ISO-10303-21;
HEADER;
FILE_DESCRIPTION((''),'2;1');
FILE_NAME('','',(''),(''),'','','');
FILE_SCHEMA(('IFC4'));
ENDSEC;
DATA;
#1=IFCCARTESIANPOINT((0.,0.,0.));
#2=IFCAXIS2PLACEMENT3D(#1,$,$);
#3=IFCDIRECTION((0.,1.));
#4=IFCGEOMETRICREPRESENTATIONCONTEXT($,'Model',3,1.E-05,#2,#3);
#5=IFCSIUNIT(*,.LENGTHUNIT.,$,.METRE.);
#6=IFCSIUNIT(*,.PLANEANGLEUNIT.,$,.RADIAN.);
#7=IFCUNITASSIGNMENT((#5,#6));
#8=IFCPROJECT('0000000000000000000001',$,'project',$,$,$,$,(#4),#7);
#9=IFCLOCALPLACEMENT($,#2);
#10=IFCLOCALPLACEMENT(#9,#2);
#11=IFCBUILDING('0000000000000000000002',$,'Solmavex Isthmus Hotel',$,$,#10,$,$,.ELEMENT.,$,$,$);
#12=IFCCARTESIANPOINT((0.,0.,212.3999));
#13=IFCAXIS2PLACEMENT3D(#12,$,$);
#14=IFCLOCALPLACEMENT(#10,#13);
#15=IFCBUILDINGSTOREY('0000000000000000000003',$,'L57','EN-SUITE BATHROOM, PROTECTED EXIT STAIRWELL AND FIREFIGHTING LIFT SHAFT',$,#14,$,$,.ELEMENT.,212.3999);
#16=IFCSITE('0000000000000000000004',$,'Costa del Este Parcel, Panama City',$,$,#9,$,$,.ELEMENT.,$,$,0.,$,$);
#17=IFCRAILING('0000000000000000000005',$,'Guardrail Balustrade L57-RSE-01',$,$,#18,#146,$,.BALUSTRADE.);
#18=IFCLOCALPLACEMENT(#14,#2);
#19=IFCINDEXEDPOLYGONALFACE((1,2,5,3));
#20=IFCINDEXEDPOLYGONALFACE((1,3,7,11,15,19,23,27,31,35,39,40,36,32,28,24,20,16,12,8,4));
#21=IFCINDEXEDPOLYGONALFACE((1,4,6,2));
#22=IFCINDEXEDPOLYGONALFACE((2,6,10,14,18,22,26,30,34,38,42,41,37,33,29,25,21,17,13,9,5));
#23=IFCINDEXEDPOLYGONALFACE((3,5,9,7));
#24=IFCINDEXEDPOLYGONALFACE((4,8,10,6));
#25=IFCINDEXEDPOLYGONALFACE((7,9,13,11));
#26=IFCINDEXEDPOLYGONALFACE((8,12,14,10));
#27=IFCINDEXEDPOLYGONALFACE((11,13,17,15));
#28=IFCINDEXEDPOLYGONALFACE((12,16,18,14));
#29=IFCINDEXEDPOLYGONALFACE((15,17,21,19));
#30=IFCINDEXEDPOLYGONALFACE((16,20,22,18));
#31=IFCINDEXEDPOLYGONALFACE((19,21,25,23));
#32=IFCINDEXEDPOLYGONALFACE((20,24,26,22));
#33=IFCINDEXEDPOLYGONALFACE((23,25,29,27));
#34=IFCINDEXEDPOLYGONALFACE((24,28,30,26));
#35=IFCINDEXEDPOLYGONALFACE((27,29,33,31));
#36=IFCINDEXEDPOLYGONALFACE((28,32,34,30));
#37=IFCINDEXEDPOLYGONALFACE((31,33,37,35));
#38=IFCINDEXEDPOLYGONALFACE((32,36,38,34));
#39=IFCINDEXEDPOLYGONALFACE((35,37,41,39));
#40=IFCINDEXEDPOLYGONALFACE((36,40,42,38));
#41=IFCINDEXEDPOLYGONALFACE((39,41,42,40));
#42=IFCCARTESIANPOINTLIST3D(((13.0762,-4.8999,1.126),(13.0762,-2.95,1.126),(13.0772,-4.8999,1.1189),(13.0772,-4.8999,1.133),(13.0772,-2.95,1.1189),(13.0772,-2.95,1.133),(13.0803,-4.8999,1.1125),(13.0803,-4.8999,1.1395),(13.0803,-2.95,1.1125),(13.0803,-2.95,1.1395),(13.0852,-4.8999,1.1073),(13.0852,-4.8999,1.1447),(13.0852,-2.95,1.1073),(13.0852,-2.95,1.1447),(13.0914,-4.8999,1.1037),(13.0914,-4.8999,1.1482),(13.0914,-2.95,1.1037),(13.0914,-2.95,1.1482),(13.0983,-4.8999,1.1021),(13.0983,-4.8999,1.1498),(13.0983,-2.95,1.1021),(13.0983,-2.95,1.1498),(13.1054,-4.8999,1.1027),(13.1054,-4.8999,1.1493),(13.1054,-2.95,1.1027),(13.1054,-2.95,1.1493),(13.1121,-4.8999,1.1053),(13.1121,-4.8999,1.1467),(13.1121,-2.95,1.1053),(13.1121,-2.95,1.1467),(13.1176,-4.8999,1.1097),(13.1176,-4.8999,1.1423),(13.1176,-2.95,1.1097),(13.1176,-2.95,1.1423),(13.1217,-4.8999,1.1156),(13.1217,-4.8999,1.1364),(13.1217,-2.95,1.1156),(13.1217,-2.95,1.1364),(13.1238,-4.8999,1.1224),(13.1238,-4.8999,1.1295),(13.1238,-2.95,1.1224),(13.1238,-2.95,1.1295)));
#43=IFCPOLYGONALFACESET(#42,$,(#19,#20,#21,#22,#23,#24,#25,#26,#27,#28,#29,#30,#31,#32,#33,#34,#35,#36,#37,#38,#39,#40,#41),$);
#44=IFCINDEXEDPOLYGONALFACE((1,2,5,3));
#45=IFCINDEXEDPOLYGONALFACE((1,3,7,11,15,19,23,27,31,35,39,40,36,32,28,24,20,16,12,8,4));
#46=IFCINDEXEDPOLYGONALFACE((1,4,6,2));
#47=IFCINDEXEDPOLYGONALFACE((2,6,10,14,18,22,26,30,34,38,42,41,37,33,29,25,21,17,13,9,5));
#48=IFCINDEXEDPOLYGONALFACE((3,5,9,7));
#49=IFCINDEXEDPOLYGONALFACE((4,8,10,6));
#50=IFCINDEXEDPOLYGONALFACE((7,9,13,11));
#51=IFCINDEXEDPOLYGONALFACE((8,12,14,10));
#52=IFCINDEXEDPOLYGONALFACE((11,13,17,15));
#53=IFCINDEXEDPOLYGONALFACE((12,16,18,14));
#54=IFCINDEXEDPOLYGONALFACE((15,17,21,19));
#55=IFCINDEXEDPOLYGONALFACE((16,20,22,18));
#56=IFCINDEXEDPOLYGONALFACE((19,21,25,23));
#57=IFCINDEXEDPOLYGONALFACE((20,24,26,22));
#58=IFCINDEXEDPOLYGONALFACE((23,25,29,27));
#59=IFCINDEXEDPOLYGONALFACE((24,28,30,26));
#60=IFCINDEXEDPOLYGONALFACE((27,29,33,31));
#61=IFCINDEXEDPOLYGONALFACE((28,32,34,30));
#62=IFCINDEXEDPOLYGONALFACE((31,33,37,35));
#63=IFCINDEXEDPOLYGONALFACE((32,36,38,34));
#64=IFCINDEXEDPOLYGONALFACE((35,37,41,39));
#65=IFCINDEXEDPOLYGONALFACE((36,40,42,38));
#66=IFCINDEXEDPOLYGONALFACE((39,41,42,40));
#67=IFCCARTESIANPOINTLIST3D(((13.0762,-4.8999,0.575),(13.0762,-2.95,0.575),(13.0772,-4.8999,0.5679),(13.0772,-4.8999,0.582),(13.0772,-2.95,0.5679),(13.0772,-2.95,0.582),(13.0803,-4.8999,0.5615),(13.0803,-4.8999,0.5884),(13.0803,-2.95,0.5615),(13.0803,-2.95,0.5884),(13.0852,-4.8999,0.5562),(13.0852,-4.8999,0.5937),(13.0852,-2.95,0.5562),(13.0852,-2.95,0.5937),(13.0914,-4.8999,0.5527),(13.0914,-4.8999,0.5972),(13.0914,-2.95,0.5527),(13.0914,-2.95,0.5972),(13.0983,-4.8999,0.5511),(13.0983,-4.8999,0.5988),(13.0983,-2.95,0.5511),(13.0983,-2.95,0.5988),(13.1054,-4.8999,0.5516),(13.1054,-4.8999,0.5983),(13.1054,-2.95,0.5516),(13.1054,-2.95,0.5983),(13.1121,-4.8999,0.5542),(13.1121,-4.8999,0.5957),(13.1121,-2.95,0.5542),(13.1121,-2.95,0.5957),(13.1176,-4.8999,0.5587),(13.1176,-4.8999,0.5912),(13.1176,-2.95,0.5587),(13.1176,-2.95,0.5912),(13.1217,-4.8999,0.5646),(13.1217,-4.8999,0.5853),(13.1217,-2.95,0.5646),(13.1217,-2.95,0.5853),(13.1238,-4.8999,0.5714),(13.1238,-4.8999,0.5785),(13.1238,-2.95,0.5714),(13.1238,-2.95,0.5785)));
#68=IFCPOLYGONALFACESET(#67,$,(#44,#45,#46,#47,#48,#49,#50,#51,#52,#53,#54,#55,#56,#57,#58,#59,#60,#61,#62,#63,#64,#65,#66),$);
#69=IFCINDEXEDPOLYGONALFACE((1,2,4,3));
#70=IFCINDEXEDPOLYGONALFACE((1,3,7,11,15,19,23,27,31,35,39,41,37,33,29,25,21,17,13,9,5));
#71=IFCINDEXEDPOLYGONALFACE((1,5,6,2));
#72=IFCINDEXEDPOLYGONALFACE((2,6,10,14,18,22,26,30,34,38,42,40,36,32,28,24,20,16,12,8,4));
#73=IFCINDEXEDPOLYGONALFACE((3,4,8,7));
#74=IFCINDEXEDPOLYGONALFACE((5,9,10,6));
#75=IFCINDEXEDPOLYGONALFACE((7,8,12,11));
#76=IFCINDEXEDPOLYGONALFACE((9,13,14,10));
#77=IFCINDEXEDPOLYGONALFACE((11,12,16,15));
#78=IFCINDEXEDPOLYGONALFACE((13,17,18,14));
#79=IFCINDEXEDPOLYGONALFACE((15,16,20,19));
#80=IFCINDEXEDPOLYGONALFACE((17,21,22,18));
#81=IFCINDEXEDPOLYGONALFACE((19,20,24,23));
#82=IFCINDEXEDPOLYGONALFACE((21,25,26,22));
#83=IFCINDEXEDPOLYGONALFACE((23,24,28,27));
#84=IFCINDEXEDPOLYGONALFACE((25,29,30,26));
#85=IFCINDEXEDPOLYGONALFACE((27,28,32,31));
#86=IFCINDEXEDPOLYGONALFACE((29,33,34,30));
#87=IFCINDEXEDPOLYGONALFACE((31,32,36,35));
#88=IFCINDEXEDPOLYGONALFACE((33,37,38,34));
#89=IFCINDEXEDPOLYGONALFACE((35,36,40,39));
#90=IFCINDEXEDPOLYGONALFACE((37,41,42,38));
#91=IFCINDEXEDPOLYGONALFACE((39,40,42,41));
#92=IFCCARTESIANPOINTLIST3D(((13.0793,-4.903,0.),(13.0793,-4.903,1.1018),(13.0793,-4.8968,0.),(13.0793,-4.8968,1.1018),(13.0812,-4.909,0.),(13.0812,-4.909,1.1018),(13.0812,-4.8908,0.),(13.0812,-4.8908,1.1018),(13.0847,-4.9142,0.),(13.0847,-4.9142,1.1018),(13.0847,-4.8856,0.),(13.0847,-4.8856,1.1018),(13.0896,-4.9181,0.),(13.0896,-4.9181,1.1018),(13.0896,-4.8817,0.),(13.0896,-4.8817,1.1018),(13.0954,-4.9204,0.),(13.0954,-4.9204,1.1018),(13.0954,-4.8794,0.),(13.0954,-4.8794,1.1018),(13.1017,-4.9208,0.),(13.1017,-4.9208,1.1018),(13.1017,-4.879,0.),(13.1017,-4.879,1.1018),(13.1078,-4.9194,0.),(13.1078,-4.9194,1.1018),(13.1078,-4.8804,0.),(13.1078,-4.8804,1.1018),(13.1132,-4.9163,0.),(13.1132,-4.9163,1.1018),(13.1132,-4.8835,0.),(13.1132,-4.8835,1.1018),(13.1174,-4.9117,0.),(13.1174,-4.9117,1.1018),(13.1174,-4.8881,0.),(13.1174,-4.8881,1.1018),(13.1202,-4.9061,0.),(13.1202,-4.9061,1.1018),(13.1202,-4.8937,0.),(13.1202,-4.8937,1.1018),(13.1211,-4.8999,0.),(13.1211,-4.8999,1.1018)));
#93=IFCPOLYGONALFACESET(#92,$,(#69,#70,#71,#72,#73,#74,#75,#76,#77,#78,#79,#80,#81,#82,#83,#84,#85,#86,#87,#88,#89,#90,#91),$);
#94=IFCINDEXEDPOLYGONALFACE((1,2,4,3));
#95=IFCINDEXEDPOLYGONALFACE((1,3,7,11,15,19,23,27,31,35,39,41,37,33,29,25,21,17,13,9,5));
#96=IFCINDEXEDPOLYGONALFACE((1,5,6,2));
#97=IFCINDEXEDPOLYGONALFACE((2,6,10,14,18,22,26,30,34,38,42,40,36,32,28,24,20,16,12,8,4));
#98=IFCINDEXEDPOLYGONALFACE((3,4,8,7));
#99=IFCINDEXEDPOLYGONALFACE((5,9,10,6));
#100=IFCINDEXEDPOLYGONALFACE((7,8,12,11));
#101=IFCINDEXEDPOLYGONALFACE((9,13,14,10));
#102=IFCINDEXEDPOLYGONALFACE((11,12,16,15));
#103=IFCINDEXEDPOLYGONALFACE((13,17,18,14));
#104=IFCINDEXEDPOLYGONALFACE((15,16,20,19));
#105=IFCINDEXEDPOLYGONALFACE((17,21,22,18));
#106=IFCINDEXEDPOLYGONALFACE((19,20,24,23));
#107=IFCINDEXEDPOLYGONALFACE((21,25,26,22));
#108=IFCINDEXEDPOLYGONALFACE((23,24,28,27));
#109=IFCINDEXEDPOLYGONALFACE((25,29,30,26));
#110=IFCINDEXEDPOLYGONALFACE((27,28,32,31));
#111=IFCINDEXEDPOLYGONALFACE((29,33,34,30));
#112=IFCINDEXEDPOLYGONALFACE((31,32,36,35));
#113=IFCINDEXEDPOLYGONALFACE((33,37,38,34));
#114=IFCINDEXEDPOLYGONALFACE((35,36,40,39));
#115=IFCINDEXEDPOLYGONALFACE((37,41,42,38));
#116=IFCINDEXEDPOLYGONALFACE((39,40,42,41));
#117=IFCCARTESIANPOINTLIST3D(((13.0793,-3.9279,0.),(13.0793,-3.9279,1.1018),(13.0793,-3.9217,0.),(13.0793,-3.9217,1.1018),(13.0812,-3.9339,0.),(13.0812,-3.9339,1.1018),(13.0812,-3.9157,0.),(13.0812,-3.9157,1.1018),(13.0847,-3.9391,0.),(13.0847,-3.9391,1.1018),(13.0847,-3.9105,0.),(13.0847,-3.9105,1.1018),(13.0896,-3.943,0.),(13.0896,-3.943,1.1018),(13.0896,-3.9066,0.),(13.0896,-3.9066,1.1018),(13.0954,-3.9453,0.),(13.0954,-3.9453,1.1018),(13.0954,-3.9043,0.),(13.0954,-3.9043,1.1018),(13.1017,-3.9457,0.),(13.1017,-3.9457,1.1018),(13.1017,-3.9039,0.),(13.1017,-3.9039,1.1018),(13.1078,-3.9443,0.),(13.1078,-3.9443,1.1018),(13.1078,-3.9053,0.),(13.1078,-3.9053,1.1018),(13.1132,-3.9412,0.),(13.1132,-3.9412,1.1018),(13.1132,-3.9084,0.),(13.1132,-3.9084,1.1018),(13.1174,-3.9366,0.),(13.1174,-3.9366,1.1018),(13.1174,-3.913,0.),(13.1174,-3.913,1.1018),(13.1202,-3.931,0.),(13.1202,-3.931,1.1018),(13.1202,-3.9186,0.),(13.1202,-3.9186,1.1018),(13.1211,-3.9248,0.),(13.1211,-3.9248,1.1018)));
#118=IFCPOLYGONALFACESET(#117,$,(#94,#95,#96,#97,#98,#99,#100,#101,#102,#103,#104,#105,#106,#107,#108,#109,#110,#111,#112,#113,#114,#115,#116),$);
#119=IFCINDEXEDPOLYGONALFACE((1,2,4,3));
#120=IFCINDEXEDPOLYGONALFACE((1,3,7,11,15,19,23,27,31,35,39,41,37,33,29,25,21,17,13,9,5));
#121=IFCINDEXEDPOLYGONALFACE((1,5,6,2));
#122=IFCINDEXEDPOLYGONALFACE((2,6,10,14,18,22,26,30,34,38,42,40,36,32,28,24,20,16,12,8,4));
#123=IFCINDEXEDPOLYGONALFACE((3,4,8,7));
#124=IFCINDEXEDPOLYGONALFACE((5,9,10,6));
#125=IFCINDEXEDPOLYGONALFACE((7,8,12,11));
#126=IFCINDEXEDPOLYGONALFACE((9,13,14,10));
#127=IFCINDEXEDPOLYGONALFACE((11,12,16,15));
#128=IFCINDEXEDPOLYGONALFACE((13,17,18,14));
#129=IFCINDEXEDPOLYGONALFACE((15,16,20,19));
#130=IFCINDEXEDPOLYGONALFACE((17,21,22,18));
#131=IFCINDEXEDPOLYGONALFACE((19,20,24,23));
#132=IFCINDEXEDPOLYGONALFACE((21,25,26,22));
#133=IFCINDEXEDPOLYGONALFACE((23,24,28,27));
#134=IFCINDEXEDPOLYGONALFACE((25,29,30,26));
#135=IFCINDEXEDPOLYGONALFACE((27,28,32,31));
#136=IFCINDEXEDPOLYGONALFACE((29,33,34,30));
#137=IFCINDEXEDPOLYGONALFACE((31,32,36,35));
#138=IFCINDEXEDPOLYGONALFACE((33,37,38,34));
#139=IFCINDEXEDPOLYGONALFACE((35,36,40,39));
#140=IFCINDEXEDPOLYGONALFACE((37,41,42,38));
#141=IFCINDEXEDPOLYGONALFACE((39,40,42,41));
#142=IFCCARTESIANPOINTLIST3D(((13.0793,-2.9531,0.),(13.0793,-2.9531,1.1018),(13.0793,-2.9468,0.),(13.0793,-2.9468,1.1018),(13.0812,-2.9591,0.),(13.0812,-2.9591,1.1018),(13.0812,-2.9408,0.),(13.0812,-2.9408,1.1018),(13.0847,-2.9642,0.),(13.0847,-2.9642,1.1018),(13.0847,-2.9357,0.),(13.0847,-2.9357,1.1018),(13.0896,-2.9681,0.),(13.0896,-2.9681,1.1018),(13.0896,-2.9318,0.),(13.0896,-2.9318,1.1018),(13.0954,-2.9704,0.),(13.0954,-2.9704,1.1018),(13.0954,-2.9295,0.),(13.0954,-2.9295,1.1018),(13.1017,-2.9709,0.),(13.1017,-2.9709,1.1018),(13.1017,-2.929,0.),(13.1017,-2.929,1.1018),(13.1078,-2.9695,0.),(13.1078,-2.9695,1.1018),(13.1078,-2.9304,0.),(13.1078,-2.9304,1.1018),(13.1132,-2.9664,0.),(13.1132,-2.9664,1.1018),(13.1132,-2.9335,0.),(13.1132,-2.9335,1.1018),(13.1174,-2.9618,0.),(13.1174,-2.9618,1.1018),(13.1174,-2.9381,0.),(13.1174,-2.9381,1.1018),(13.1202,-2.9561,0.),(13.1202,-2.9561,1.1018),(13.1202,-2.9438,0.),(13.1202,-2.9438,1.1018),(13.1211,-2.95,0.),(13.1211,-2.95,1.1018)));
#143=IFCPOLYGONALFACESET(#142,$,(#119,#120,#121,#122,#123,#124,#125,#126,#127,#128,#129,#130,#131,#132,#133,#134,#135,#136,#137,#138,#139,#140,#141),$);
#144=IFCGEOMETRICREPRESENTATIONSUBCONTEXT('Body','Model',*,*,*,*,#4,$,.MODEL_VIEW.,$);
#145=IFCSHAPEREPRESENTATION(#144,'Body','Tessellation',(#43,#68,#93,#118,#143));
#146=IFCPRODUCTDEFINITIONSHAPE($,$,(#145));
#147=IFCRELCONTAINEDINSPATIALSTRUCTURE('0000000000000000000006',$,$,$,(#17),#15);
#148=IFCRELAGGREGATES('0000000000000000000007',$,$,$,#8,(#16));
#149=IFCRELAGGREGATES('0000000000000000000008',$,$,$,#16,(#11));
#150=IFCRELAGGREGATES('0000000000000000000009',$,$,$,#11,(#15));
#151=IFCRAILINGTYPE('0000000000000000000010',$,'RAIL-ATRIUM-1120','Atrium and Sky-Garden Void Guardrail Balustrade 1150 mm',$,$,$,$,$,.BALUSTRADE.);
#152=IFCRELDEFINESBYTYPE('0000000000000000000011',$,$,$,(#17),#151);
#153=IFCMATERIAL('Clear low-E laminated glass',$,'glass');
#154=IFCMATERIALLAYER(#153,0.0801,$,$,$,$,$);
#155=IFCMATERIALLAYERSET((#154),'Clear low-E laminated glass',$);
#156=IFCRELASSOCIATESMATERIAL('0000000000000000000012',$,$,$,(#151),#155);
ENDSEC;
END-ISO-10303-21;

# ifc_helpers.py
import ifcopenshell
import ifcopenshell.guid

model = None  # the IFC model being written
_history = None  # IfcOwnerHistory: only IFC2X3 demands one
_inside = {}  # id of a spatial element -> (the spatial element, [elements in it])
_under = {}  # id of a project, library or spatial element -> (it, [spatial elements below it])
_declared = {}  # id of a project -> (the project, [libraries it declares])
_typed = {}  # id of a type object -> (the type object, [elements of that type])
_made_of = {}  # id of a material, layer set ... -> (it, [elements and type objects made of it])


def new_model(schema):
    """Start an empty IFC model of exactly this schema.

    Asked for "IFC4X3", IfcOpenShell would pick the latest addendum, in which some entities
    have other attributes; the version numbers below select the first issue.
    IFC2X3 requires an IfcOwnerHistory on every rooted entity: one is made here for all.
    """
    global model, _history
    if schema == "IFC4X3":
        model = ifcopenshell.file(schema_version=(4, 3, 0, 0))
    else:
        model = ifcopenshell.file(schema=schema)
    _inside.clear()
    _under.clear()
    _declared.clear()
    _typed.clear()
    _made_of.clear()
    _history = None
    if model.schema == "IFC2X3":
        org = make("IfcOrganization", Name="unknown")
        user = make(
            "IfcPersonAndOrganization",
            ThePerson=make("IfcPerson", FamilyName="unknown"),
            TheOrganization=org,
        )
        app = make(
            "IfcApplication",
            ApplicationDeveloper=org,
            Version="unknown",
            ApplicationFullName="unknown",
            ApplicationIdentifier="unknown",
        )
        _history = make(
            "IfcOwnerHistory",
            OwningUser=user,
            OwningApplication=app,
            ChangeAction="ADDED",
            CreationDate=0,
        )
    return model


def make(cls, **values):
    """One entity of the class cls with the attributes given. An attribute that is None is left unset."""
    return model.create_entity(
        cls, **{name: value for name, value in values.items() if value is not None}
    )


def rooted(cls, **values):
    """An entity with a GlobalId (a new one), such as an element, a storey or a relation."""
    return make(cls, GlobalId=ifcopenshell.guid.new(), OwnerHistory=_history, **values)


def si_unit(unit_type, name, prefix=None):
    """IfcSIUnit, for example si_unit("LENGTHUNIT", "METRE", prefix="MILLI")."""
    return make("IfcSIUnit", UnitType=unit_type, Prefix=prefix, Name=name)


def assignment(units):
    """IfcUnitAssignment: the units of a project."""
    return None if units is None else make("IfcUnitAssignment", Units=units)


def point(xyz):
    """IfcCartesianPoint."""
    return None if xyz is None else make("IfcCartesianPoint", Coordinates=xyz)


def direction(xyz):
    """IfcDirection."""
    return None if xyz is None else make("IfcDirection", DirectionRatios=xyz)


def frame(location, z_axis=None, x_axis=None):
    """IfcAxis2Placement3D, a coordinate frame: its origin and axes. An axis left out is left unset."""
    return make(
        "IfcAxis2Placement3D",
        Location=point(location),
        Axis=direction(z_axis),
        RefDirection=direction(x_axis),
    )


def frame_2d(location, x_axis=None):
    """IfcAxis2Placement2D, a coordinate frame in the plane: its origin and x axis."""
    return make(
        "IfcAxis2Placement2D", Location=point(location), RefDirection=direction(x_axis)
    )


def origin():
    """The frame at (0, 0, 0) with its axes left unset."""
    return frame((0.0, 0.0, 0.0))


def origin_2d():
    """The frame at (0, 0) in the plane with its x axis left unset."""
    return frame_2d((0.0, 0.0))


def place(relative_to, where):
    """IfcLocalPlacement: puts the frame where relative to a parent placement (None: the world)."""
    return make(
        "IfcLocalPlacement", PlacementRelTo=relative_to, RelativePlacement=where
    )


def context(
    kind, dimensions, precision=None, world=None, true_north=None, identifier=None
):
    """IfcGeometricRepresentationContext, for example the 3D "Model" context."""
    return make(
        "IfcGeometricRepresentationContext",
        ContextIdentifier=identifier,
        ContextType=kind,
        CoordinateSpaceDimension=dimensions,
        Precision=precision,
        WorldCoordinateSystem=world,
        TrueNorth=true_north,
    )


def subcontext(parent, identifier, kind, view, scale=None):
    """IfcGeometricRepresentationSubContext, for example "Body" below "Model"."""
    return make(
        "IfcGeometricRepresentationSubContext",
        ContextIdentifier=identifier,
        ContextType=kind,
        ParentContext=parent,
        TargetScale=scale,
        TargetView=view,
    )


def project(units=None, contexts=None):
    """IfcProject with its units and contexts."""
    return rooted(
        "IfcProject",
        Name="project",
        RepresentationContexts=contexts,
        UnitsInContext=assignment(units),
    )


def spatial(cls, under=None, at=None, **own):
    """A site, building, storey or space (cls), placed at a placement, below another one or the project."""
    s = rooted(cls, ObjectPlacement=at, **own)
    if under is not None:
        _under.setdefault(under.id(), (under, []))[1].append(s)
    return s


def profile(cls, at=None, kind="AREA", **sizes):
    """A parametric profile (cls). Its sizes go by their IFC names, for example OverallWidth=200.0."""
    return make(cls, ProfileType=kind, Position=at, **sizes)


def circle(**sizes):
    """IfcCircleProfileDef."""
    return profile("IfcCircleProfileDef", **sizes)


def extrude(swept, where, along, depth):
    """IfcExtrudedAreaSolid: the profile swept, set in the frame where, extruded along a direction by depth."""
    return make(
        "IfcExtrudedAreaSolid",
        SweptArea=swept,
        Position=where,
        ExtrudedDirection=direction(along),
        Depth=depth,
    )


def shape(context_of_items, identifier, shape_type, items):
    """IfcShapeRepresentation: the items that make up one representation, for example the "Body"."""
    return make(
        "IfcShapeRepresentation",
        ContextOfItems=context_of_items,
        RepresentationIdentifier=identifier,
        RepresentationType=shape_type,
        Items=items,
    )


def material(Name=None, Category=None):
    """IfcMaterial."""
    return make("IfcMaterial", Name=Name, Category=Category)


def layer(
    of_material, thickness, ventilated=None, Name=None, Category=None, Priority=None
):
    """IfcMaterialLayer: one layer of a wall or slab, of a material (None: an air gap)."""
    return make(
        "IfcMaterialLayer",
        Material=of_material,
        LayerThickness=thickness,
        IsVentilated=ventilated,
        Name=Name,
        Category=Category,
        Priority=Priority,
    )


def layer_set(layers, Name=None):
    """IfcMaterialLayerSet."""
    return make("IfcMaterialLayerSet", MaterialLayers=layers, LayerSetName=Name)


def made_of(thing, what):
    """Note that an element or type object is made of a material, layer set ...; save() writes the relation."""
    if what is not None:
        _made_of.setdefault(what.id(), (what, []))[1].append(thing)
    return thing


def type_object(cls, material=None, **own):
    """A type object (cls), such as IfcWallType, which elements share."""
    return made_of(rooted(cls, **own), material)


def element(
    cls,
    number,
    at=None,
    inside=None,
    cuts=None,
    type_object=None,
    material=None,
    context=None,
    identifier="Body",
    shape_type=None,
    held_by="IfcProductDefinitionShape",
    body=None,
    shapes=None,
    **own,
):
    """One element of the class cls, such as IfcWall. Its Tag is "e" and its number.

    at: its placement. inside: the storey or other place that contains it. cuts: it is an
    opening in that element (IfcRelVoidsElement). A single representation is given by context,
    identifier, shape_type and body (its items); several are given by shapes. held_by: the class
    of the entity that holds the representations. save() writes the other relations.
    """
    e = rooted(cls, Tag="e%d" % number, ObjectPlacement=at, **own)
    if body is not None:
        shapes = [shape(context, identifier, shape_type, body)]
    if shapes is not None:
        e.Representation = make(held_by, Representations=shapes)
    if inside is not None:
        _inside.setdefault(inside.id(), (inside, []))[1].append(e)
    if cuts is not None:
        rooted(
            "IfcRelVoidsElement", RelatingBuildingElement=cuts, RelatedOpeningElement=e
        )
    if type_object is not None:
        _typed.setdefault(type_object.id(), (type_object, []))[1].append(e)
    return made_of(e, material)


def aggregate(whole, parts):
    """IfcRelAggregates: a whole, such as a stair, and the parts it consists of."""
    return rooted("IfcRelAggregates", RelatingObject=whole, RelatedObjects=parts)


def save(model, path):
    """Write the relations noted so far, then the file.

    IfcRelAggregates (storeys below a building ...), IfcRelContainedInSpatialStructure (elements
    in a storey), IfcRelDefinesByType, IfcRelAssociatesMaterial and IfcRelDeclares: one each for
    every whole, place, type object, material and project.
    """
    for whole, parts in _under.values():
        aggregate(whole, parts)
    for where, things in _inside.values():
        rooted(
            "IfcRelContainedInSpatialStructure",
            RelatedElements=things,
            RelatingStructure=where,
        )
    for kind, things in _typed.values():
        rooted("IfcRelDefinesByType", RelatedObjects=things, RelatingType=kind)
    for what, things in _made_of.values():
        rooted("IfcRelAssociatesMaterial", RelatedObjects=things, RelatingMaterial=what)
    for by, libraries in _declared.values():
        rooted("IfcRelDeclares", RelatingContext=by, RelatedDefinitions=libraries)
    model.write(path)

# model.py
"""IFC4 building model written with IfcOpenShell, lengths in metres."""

from ifc_helpers import new_model, si_unit, direction, frame, origin, origin_2d, place, context, subcontext, project, spatial, circle, extrude, material, layer, layer_set, type_object, element, save


model = new_model("IFC4")

# Units and contexts
model_context = context("Model", 3, precision=1e-05, world=origin(), true_north=direction((0.0, 1.0)))
body_context = subcontext(model_context, "Body", "Model", "MODEL_VIEW")
ifc_project = project(units=[si_unit("LENGTHUNIT", "METRE"), si_unit("PLANEANGLEUNIT", "RADIAN")], contexts=[model_context])

# Site, building, storey
site_placement = place(None, origin())
site = spatial("IfcSite", under=ifc_project, at=site_placement, Name="Costa del Este Parcel, Panama City", CompositionType="ELEMENT", RefElevation=0.0)
building_placement = place(site_placement, origin())
building = spatial("IfcBuilding", under=site, at=building_placement, Name="Solmavex Isthmus Hotel", CompositionType="ELEMENT")
storey_placement = place(building_placement, frame((0.0, 0.0, 212.3999)))
storey = spatial("IfcBuildingStorey", under=building, at=storey_placement, Name="L57", Description="EN-SUITE BATHROOM, PROTECTED EXIT STAIRWELL AND FIREFIGHTING LIFT SHAFT", CompositionType="ELEMENT", Elevation=212.3999)

# Shared definitions
ifc_material_1 = material(Name="Clear low-E laminated glass", Category="glass")

# Railing
ifc_layer_1 = layer(ifc_material_1, 0.0801)
ifc_layer_set_1 = layer_set([ifc_layer_1], Name="Clear low-E laminated glass")
railing_type_1 = type_object("IfcRailingType", Name="RAIL-ATRIUM-1120", Description="Atrium and Sky-Garden Void Guardrail Balustrade 1150 mm", PredefinedType="BALUSTRADE", material=ifc_layer_set_1)
railing_1_placement = place(storey_placement, frame((13.1001, -4.8999, 0.0)))
element("IfcRailing", 1, at=railing_1_placement, inside=storey, type_object=railing_type_1, Name="Guardrail Balustrade L57-RSE-01", PredefinedType="BALUSTRADE", context=body_context, shape_type="SweptSolid", body=[
    extrude(circle(Radius=0.0239, at=origin_2d()), frame((0.0, 0.0, 1.126), z_axis=(0.0, 1.0, 0.0), x_axis=(-1.0, 0.0, 0.0)), (0.0, 0.0, 1.0), 1.95),
    extrude(circle(Radius=0.0239, at=origin_2d()), frame((0.0, 0.0, 0.575), z_axis=(0.0, 1.0, 0.0), x_axis=(-1.0, 0.0, 0.0)), (0.0, 0.0, 1.0), 1.95),
    extrude(circle(Radius=0.021, at=origin_2d()), origin(), (0.0, 0.0, 1.0), 1.1018),
    extrude(circle(Radius=0.021, at=origin_2d()), frame((0.0, 0.9751, 0.0)), (0.0, 0.0, 1.0), 1.1018),
    extrude(circle(Radius=0.021, at=origin_2d()), frame((0.0, 1.95, 0.0)), (0.0, 0.0, 1.0), 1.1018),
])

save(model, "model.ifc")
